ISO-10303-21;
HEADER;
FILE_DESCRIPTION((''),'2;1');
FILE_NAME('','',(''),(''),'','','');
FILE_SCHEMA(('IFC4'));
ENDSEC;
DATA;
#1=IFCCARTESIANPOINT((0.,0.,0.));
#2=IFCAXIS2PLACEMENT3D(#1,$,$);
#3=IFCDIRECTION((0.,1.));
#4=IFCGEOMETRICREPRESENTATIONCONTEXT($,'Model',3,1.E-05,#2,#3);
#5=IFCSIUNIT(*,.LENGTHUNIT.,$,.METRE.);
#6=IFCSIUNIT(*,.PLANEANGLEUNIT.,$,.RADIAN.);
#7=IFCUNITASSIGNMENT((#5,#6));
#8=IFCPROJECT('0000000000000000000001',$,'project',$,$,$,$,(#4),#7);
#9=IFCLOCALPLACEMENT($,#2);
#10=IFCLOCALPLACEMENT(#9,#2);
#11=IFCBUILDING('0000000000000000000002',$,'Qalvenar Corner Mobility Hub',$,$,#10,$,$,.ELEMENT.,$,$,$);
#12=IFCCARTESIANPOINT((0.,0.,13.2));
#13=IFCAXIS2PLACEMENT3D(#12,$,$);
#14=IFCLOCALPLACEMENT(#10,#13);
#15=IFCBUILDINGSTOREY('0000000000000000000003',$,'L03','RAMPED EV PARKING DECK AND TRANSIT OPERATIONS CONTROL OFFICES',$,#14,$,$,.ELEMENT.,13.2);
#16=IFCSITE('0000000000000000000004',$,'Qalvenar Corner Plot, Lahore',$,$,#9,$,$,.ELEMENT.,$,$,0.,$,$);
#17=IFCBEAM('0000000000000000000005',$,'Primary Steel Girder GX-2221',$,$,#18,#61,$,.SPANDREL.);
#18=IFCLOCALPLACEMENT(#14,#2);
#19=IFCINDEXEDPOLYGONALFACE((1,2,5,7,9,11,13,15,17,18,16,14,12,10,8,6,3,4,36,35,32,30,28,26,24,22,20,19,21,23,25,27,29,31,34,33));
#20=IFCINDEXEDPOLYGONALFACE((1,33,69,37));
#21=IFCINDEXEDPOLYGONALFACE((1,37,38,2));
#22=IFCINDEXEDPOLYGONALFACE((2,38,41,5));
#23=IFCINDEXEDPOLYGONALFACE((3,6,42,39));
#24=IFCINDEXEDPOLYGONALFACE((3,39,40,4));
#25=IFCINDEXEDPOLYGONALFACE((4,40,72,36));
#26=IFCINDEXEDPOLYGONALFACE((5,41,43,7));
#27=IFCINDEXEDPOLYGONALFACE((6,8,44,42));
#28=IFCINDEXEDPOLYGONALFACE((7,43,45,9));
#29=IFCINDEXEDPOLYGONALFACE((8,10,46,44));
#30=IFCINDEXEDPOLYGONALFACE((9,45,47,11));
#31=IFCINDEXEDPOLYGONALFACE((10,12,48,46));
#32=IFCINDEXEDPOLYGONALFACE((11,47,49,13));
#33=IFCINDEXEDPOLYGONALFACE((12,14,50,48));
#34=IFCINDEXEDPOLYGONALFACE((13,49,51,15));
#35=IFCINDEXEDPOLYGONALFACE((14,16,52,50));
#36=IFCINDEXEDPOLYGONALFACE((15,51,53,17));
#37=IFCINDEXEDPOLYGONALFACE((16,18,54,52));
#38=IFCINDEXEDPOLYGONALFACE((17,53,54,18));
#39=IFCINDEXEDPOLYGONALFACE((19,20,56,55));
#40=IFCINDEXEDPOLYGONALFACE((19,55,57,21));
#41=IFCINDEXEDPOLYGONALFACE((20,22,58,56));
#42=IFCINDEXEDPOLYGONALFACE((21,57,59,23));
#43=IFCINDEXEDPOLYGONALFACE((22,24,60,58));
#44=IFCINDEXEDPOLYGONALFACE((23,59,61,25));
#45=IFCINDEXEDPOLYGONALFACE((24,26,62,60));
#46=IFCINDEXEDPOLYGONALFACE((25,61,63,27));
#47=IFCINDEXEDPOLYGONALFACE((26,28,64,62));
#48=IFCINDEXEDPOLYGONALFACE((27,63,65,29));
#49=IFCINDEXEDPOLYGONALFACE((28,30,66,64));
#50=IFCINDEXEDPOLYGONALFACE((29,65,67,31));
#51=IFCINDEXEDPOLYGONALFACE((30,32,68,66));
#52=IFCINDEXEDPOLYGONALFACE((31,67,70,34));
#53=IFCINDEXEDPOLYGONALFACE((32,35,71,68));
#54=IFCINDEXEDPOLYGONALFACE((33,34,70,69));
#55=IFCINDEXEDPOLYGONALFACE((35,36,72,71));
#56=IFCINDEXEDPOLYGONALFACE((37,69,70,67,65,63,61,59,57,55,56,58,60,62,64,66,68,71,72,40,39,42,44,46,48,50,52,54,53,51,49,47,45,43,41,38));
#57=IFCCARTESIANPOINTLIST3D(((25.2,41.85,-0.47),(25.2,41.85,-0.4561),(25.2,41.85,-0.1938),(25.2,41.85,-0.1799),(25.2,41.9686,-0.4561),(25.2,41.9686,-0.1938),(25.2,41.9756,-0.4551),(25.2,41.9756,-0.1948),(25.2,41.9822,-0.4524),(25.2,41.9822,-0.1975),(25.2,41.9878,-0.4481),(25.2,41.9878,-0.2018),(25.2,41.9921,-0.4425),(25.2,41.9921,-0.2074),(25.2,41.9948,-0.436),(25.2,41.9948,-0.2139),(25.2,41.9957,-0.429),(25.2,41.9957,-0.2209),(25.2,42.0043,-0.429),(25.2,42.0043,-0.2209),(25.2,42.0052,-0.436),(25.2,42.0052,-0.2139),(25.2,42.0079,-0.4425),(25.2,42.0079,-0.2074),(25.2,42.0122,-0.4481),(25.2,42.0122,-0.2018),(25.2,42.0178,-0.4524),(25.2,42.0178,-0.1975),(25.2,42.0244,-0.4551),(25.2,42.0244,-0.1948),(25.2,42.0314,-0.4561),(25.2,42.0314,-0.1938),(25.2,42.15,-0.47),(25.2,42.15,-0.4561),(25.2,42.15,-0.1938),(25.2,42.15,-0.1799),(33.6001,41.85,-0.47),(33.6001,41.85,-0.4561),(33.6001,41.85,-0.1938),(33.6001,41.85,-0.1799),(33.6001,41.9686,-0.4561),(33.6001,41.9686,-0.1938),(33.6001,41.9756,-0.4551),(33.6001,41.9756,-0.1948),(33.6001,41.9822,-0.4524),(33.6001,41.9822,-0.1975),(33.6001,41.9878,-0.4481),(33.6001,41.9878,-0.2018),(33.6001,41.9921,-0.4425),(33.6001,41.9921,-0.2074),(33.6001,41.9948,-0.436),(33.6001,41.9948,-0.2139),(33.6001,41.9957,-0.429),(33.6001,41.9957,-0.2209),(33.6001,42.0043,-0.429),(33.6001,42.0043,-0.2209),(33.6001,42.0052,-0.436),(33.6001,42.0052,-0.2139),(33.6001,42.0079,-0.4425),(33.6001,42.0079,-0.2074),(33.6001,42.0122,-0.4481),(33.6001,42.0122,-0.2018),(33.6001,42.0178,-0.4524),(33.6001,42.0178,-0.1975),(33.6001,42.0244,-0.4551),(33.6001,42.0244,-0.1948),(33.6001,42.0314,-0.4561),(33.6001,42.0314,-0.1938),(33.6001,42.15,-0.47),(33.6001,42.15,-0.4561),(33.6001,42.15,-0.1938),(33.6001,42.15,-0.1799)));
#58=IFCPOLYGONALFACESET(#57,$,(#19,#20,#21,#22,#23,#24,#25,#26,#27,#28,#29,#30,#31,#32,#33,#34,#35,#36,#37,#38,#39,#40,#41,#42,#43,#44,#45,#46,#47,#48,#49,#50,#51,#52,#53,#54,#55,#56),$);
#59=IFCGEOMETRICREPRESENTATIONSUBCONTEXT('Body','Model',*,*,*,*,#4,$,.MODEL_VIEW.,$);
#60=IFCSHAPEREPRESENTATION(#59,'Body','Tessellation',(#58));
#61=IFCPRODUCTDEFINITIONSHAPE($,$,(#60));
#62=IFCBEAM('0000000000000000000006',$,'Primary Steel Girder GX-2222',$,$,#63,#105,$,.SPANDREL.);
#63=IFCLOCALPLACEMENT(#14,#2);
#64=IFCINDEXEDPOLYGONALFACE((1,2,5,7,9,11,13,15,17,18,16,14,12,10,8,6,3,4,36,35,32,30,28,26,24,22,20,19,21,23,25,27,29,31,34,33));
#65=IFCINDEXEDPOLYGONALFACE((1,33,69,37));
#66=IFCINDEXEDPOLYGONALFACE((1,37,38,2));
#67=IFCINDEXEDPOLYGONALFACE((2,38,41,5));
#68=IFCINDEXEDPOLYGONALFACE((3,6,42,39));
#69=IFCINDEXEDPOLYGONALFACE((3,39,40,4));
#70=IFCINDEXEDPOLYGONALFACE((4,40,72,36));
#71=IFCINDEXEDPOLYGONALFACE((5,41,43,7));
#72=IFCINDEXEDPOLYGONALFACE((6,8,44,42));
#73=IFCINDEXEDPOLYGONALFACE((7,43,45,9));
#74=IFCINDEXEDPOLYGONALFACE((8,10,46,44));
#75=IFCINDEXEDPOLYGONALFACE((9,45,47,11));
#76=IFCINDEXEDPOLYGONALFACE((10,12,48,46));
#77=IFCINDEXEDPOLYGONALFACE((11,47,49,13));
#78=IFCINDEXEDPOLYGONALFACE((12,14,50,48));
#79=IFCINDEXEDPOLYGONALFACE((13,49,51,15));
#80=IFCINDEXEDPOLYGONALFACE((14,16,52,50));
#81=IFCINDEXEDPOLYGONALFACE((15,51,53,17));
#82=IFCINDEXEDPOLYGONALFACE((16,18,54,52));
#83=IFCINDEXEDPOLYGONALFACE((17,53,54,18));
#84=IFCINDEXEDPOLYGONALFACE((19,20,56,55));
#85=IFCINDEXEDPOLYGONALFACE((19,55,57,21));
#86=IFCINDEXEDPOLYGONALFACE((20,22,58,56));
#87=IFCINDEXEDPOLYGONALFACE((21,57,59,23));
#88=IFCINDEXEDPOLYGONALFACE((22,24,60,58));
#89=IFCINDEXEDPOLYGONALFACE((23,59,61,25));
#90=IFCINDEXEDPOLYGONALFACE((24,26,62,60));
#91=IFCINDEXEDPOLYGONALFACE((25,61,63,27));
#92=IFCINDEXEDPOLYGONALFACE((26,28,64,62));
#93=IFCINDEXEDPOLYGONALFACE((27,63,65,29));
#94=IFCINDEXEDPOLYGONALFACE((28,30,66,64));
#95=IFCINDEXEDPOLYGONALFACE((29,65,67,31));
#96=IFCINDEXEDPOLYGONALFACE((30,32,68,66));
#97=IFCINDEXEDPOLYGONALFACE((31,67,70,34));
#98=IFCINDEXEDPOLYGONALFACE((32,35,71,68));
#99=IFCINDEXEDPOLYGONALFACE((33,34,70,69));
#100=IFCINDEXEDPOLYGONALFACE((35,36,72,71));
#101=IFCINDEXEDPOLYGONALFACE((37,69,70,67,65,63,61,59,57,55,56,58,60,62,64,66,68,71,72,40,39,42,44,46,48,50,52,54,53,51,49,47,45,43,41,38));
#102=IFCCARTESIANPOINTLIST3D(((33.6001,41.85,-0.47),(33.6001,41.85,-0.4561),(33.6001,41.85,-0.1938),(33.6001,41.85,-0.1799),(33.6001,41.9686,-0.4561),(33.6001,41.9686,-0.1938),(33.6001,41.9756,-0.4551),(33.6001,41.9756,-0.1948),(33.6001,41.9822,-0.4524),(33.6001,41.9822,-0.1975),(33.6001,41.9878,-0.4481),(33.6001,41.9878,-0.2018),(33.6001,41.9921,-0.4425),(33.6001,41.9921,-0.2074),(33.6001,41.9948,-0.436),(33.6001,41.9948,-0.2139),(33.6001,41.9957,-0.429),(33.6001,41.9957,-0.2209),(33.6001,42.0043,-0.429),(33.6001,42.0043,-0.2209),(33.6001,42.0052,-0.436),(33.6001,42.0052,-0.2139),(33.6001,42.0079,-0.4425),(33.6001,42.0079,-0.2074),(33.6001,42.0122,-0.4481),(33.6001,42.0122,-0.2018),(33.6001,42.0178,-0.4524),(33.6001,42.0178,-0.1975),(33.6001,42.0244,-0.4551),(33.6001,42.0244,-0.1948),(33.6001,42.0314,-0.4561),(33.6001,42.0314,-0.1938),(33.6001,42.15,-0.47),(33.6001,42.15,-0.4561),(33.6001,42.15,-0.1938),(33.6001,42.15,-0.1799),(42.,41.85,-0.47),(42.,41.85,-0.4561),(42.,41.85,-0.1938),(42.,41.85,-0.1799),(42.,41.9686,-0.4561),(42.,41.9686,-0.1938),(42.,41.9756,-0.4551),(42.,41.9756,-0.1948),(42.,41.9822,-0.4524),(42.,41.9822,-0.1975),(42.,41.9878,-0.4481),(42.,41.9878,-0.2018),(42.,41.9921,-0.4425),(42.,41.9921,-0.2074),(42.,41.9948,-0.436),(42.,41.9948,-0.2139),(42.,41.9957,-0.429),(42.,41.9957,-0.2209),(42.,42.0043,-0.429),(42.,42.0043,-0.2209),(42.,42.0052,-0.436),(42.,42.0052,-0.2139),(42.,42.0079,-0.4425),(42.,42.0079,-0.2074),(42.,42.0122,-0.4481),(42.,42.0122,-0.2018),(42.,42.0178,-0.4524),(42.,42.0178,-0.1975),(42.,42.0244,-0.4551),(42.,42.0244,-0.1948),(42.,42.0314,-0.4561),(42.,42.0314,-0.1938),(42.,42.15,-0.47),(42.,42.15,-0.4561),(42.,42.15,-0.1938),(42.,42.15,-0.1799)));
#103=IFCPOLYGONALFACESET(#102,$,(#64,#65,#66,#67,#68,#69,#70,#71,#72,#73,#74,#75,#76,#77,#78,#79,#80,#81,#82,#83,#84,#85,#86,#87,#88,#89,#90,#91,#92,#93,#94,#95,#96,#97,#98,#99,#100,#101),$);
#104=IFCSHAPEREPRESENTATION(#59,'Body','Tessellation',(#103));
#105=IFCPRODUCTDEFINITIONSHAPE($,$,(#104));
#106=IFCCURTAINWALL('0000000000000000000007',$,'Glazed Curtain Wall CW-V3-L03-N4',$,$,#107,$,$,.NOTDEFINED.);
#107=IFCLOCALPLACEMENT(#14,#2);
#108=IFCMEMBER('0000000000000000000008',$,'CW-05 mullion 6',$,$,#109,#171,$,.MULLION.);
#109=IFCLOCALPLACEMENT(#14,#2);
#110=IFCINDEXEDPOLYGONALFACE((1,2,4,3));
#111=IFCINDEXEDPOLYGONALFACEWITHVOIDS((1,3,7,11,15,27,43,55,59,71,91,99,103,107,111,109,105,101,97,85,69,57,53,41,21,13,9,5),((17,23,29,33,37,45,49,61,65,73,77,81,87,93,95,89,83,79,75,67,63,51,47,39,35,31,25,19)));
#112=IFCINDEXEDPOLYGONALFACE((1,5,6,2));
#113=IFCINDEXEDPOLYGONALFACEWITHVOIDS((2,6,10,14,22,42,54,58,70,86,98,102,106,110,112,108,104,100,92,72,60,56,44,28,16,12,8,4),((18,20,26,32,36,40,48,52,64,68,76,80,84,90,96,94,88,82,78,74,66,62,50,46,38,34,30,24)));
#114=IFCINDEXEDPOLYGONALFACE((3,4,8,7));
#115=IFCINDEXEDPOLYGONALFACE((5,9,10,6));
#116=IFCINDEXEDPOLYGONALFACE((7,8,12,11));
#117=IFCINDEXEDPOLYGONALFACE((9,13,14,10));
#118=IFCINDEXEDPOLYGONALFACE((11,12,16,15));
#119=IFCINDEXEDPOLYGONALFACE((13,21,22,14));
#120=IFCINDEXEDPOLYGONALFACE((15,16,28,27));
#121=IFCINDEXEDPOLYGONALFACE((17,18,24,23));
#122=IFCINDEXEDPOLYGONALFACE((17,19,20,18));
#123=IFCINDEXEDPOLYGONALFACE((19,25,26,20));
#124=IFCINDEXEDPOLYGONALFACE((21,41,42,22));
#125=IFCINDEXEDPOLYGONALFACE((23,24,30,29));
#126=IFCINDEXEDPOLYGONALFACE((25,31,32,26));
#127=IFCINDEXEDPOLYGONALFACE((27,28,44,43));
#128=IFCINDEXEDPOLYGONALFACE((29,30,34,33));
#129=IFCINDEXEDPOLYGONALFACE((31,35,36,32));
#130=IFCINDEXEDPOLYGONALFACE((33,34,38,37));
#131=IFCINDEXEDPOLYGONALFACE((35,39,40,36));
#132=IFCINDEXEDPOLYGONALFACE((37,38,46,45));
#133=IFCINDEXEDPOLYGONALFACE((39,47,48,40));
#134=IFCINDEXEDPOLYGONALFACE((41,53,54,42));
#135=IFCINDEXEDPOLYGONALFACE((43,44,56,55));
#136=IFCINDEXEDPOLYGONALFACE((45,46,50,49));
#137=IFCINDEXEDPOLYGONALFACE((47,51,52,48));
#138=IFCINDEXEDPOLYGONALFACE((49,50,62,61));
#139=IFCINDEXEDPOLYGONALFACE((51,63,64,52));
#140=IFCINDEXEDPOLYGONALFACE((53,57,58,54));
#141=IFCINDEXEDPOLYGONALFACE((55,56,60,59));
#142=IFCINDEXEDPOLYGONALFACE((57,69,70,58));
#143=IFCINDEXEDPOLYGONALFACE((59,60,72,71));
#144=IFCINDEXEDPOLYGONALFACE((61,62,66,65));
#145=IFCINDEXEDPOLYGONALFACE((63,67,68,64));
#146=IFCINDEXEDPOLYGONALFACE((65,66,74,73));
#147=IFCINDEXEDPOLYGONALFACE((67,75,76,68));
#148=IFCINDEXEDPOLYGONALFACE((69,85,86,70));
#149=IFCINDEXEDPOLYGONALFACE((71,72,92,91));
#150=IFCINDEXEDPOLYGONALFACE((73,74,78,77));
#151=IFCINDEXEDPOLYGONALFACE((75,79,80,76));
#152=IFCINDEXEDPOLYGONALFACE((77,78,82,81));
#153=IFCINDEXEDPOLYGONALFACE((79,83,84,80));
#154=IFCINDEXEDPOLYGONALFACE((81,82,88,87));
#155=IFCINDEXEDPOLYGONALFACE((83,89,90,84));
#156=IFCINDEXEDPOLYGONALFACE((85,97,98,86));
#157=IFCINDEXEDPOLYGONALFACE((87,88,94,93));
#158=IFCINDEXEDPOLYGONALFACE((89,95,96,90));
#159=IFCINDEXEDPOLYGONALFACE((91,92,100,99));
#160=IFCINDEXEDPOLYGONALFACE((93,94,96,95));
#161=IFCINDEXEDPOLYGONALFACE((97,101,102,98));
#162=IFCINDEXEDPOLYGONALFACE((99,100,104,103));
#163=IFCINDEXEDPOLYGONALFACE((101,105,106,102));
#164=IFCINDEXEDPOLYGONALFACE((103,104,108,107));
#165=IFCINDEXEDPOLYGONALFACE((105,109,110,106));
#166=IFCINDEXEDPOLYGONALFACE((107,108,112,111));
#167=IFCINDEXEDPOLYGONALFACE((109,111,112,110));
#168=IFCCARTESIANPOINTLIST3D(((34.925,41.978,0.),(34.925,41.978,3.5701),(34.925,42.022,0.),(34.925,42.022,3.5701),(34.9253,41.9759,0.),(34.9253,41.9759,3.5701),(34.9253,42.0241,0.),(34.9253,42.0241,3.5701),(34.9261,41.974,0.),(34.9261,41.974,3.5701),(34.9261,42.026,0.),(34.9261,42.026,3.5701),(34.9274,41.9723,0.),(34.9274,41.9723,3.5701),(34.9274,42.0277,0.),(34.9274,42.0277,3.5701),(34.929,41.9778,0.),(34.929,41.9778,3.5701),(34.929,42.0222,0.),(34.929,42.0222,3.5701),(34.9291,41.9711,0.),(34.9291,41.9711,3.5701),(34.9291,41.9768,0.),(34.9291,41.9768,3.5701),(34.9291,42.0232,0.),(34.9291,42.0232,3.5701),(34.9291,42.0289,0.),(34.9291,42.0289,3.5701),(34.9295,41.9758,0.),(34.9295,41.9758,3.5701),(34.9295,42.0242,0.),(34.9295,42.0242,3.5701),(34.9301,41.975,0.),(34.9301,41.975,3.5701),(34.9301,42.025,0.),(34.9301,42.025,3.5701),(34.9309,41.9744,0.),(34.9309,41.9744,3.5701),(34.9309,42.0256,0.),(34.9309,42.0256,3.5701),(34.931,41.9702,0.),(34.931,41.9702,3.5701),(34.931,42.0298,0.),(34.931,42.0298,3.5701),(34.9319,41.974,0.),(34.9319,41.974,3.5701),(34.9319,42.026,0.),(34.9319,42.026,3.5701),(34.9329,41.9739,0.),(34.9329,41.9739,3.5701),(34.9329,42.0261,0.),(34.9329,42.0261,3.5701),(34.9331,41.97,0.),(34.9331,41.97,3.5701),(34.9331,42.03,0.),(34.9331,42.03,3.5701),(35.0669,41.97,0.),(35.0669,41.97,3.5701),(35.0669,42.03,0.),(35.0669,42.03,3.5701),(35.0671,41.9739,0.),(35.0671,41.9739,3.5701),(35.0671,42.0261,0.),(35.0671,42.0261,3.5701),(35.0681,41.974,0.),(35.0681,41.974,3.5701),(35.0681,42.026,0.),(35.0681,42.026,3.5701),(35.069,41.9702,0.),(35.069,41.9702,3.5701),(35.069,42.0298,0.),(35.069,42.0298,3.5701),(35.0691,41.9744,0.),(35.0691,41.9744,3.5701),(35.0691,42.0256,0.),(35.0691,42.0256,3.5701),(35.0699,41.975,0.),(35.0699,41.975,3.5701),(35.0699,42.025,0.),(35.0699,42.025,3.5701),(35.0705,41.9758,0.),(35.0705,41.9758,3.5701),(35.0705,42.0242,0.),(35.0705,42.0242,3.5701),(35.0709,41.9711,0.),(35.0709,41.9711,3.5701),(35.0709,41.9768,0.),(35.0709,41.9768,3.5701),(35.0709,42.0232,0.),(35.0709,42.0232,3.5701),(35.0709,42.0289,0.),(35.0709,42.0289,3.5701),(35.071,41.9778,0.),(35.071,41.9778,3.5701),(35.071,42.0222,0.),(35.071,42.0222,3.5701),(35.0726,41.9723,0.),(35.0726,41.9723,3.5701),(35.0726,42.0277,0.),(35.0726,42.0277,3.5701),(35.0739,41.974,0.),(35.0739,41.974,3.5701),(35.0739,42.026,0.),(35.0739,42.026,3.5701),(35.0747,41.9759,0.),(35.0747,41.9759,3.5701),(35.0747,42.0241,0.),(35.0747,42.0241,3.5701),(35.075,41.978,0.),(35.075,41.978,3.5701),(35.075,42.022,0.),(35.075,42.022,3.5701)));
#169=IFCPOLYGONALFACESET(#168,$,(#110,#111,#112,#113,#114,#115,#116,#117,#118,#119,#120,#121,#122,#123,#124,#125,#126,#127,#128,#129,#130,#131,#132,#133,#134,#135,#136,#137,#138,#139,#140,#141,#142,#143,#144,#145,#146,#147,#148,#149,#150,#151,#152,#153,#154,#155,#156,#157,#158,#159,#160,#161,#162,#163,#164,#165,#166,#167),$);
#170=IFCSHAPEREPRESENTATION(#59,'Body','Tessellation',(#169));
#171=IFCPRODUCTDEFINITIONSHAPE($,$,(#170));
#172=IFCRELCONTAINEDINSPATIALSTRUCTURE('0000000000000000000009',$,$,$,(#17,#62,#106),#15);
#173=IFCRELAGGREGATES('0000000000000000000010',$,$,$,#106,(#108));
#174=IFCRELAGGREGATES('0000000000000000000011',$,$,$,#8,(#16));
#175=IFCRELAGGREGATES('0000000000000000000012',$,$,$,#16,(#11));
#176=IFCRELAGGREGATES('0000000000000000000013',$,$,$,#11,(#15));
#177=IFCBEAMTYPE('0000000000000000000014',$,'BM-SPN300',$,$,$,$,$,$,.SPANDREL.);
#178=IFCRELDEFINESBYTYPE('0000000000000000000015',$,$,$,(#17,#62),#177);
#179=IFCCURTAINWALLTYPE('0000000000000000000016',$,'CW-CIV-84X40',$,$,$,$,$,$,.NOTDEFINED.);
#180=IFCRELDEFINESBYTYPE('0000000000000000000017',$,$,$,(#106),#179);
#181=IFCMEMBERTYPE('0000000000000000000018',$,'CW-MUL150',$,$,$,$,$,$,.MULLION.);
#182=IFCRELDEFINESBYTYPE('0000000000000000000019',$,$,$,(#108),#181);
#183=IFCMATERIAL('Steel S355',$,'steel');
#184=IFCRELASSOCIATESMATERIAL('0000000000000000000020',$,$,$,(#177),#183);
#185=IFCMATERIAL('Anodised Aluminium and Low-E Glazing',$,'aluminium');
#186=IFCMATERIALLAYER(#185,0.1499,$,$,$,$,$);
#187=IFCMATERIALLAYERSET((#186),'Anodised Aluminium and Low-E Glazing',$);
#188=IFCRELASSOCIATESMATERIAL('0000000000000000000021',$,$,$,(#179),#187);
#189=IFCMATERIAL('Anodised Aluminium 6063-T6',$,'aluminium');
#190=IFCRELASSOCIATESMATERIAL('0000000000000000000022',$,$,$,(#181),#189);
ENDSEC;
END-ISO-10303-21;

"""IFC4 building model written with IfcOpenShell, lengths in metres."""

from ifc_helpers import new_model, si_unit, direction, frame, origin, origin_2d, place, context, subcontext, project, spatial, hollow_rectangle, i_section, extrude, material, layer, layer_set, material_profile, profile_set, type_object, element, aggregate, save


model = new_model("IFC4")

# Units and contexts
model_context = context("Model", 3, precision=1e-05, world=origin(), true_north=direction((0.0, 1.0)))
body_context = subcontext(model_context, "Body", "Model", "MODEL_VIEW")
ifc_project = project(units=[si_unit("LENGTHUNIT", "METRE"), si_unit("PLANEANGLEUNIT", "RADIAN")], contexts=[model_context])

# Site, building, storey
site_placement = place(None, origin())
site = spatial("IfcSite", under=ifc_project, at=site_placement, Name="Qalvenar Corner Plot, Lahore", CompositionType="ELEMENT", RefElevation=0.0)
building_placement = place(site_placement, origin())
building = spatial("IfcBuilding", under=site, at=building_placement, Name="Qalvenar Corner Mobility Hub", CompositionType="ELEMENT")
storey_placement = place(building_placement, frame((0.0, 0.0, 13.2)))
storey = spatial("IfcBuildingStorey", under=building, at=storey_placement, Name="L03", Description="RAMPED EV PARKING DECK AND TRANSIT OPERATIONS CONTROL OFFICES", CompositionType="ELEMENT", Elevation=13.2)

# Shared definitions
ifc_material_1 = material(Name="Steel S355", Category="steel")

# Beams
ifc_material_profile_1 = material_profile(ifc_material_1, i_section(OverallWidth=0.3, OverallDepth=0.29, WebThickness=0.0085, FlangeThickness=0.0139, FilletRadius=0.0271, at=origin_2d()), Name="HEA300")
ifc_profile_set_1 = profile_set([ifc_material_profile_1], Name="Steel S355")
beam_type_1 = type_object("IfcBeamType", Name="BM-SPN300", PredefinedType="SPANDREL", material=ifc_profile_set_1)
beam_1_placement = place(storey_placement, frame((25.2, 42.0, -0.325), z_axis=(1.0, 0.0, 0.0), x_axis=(0.0, 1.0, 0.0)))
element("IfcBeam", 1, at=beam_1_placement, inside=storey, type_object=beam_type_1, Name="Primary Steel Girder GX-2221", PredefinedType="SPANDREL", context=body_context, shape_type="SweptSolid", body=[
    extrude(i_section(OverallWidth=0.3, OverallDepth=0.29, WebThickness=0.0085, FlangeThickness=0.0139, FilletRadius=0.0271, at=origin_2d()), origin(), (0.0, 0.0, 1.0), 8.4001),
])
beam_2_placement = place(storey_placement, frame((33.6001, 42.0, -0.325), z_axis=(1.0, 0.0, 0.0), x_axis=(0.0, 1.0, 0.0)))
element("IfcBeam", 2, at=beam_2_placement, inside=storey, type_object=beam_type_1, Name="Primary Steel Girder GX-2222", PredefinedType="SPANDREL", context=body_context, shape_type="SweptSolid", body=[
    extrude(i_section(OverallWidth=0.3, OverallDepth=0.29, WebThickness=0.0085, FlangeThickness=0.0139, FilletRadius=0.0271, at=origin_2d()), origin(), (0.0, 0.0, 1.0), 8.3999),
])

# Curtain wall, member
ifc_material_2 = material(Name="Anodised Aluminium and Low-E Glazing", Category="aluminium")
ifc_layer_1 = layer(ifc_material_2, 0.1499)
ifc_layer_set_1 = layer_set([ifc_layer_1], Name="Anodised Aluminium and Low-E Glazing")
curtain_wall_type = type_object("IfcCurtainWallType", Name="CW-CIV-84X40", PredefinedType="NOTDEFINED", material=ifc_layer_set_1)
curtain_wall_placement = place(storey_placement, origin())
curtain_wall = element("IfcCurtainWall", 3, at=curtain_wall_placement, inside=storey, type_object=curtain_wall_type, Name="Glazed Curtain Wall CW-V3-L03-N4", PredefinedType="NOTDEFINED")
ifc_material_3 = material(Name="Anodised Aluminium 6063-T6", Category="aluminium")
ifc_material_profile_2 = material_profile(ifc_material_3, hollow_rectangle(XDim=0.0601, YDim=0.1499, WallThickness=0.0039, InnerFilletRadius=0.0039, OuterFilletRadius=0.0081, at=origin_2d()), Name="RHS150x60x4")
ifc_profile_set_2 = profile_set([ifc_material_profile_2], Name="Anodised Aluminium 6063-T6")
member_type_1 = type_object("IfcMemberType", Name="CW-MUL150", PredefinedType="MULLION", material=ifc_profile_set_2)
member_1_placement = place(storey_placement, frame((35.0, 42.0, 0.0), z_axis=(0.0, 0.0, 1.0), x_axis=(0.0, -1.0, 0.0)))
member_1 = element("IfcMember", 4, at=member_1_placement, type_object=member_type_1, Name="CW-05 mullion 6", PredefinedType="MULLION", context=body_context, shape_type="SweptSolid", body=[
    extrude(hollow_rectangle(XDim=0.0601, YDim=0.1499, WallThickness=0.0039, InnerFilletRadius=0.0039, OuterFilletRadius=0.0081, at=origin_2d()), origin(), (0.0, 0.0, 1.0), 3.5701),
])
aggregate(curtain_wall, [member_1])

save(model, "model.ifc")
